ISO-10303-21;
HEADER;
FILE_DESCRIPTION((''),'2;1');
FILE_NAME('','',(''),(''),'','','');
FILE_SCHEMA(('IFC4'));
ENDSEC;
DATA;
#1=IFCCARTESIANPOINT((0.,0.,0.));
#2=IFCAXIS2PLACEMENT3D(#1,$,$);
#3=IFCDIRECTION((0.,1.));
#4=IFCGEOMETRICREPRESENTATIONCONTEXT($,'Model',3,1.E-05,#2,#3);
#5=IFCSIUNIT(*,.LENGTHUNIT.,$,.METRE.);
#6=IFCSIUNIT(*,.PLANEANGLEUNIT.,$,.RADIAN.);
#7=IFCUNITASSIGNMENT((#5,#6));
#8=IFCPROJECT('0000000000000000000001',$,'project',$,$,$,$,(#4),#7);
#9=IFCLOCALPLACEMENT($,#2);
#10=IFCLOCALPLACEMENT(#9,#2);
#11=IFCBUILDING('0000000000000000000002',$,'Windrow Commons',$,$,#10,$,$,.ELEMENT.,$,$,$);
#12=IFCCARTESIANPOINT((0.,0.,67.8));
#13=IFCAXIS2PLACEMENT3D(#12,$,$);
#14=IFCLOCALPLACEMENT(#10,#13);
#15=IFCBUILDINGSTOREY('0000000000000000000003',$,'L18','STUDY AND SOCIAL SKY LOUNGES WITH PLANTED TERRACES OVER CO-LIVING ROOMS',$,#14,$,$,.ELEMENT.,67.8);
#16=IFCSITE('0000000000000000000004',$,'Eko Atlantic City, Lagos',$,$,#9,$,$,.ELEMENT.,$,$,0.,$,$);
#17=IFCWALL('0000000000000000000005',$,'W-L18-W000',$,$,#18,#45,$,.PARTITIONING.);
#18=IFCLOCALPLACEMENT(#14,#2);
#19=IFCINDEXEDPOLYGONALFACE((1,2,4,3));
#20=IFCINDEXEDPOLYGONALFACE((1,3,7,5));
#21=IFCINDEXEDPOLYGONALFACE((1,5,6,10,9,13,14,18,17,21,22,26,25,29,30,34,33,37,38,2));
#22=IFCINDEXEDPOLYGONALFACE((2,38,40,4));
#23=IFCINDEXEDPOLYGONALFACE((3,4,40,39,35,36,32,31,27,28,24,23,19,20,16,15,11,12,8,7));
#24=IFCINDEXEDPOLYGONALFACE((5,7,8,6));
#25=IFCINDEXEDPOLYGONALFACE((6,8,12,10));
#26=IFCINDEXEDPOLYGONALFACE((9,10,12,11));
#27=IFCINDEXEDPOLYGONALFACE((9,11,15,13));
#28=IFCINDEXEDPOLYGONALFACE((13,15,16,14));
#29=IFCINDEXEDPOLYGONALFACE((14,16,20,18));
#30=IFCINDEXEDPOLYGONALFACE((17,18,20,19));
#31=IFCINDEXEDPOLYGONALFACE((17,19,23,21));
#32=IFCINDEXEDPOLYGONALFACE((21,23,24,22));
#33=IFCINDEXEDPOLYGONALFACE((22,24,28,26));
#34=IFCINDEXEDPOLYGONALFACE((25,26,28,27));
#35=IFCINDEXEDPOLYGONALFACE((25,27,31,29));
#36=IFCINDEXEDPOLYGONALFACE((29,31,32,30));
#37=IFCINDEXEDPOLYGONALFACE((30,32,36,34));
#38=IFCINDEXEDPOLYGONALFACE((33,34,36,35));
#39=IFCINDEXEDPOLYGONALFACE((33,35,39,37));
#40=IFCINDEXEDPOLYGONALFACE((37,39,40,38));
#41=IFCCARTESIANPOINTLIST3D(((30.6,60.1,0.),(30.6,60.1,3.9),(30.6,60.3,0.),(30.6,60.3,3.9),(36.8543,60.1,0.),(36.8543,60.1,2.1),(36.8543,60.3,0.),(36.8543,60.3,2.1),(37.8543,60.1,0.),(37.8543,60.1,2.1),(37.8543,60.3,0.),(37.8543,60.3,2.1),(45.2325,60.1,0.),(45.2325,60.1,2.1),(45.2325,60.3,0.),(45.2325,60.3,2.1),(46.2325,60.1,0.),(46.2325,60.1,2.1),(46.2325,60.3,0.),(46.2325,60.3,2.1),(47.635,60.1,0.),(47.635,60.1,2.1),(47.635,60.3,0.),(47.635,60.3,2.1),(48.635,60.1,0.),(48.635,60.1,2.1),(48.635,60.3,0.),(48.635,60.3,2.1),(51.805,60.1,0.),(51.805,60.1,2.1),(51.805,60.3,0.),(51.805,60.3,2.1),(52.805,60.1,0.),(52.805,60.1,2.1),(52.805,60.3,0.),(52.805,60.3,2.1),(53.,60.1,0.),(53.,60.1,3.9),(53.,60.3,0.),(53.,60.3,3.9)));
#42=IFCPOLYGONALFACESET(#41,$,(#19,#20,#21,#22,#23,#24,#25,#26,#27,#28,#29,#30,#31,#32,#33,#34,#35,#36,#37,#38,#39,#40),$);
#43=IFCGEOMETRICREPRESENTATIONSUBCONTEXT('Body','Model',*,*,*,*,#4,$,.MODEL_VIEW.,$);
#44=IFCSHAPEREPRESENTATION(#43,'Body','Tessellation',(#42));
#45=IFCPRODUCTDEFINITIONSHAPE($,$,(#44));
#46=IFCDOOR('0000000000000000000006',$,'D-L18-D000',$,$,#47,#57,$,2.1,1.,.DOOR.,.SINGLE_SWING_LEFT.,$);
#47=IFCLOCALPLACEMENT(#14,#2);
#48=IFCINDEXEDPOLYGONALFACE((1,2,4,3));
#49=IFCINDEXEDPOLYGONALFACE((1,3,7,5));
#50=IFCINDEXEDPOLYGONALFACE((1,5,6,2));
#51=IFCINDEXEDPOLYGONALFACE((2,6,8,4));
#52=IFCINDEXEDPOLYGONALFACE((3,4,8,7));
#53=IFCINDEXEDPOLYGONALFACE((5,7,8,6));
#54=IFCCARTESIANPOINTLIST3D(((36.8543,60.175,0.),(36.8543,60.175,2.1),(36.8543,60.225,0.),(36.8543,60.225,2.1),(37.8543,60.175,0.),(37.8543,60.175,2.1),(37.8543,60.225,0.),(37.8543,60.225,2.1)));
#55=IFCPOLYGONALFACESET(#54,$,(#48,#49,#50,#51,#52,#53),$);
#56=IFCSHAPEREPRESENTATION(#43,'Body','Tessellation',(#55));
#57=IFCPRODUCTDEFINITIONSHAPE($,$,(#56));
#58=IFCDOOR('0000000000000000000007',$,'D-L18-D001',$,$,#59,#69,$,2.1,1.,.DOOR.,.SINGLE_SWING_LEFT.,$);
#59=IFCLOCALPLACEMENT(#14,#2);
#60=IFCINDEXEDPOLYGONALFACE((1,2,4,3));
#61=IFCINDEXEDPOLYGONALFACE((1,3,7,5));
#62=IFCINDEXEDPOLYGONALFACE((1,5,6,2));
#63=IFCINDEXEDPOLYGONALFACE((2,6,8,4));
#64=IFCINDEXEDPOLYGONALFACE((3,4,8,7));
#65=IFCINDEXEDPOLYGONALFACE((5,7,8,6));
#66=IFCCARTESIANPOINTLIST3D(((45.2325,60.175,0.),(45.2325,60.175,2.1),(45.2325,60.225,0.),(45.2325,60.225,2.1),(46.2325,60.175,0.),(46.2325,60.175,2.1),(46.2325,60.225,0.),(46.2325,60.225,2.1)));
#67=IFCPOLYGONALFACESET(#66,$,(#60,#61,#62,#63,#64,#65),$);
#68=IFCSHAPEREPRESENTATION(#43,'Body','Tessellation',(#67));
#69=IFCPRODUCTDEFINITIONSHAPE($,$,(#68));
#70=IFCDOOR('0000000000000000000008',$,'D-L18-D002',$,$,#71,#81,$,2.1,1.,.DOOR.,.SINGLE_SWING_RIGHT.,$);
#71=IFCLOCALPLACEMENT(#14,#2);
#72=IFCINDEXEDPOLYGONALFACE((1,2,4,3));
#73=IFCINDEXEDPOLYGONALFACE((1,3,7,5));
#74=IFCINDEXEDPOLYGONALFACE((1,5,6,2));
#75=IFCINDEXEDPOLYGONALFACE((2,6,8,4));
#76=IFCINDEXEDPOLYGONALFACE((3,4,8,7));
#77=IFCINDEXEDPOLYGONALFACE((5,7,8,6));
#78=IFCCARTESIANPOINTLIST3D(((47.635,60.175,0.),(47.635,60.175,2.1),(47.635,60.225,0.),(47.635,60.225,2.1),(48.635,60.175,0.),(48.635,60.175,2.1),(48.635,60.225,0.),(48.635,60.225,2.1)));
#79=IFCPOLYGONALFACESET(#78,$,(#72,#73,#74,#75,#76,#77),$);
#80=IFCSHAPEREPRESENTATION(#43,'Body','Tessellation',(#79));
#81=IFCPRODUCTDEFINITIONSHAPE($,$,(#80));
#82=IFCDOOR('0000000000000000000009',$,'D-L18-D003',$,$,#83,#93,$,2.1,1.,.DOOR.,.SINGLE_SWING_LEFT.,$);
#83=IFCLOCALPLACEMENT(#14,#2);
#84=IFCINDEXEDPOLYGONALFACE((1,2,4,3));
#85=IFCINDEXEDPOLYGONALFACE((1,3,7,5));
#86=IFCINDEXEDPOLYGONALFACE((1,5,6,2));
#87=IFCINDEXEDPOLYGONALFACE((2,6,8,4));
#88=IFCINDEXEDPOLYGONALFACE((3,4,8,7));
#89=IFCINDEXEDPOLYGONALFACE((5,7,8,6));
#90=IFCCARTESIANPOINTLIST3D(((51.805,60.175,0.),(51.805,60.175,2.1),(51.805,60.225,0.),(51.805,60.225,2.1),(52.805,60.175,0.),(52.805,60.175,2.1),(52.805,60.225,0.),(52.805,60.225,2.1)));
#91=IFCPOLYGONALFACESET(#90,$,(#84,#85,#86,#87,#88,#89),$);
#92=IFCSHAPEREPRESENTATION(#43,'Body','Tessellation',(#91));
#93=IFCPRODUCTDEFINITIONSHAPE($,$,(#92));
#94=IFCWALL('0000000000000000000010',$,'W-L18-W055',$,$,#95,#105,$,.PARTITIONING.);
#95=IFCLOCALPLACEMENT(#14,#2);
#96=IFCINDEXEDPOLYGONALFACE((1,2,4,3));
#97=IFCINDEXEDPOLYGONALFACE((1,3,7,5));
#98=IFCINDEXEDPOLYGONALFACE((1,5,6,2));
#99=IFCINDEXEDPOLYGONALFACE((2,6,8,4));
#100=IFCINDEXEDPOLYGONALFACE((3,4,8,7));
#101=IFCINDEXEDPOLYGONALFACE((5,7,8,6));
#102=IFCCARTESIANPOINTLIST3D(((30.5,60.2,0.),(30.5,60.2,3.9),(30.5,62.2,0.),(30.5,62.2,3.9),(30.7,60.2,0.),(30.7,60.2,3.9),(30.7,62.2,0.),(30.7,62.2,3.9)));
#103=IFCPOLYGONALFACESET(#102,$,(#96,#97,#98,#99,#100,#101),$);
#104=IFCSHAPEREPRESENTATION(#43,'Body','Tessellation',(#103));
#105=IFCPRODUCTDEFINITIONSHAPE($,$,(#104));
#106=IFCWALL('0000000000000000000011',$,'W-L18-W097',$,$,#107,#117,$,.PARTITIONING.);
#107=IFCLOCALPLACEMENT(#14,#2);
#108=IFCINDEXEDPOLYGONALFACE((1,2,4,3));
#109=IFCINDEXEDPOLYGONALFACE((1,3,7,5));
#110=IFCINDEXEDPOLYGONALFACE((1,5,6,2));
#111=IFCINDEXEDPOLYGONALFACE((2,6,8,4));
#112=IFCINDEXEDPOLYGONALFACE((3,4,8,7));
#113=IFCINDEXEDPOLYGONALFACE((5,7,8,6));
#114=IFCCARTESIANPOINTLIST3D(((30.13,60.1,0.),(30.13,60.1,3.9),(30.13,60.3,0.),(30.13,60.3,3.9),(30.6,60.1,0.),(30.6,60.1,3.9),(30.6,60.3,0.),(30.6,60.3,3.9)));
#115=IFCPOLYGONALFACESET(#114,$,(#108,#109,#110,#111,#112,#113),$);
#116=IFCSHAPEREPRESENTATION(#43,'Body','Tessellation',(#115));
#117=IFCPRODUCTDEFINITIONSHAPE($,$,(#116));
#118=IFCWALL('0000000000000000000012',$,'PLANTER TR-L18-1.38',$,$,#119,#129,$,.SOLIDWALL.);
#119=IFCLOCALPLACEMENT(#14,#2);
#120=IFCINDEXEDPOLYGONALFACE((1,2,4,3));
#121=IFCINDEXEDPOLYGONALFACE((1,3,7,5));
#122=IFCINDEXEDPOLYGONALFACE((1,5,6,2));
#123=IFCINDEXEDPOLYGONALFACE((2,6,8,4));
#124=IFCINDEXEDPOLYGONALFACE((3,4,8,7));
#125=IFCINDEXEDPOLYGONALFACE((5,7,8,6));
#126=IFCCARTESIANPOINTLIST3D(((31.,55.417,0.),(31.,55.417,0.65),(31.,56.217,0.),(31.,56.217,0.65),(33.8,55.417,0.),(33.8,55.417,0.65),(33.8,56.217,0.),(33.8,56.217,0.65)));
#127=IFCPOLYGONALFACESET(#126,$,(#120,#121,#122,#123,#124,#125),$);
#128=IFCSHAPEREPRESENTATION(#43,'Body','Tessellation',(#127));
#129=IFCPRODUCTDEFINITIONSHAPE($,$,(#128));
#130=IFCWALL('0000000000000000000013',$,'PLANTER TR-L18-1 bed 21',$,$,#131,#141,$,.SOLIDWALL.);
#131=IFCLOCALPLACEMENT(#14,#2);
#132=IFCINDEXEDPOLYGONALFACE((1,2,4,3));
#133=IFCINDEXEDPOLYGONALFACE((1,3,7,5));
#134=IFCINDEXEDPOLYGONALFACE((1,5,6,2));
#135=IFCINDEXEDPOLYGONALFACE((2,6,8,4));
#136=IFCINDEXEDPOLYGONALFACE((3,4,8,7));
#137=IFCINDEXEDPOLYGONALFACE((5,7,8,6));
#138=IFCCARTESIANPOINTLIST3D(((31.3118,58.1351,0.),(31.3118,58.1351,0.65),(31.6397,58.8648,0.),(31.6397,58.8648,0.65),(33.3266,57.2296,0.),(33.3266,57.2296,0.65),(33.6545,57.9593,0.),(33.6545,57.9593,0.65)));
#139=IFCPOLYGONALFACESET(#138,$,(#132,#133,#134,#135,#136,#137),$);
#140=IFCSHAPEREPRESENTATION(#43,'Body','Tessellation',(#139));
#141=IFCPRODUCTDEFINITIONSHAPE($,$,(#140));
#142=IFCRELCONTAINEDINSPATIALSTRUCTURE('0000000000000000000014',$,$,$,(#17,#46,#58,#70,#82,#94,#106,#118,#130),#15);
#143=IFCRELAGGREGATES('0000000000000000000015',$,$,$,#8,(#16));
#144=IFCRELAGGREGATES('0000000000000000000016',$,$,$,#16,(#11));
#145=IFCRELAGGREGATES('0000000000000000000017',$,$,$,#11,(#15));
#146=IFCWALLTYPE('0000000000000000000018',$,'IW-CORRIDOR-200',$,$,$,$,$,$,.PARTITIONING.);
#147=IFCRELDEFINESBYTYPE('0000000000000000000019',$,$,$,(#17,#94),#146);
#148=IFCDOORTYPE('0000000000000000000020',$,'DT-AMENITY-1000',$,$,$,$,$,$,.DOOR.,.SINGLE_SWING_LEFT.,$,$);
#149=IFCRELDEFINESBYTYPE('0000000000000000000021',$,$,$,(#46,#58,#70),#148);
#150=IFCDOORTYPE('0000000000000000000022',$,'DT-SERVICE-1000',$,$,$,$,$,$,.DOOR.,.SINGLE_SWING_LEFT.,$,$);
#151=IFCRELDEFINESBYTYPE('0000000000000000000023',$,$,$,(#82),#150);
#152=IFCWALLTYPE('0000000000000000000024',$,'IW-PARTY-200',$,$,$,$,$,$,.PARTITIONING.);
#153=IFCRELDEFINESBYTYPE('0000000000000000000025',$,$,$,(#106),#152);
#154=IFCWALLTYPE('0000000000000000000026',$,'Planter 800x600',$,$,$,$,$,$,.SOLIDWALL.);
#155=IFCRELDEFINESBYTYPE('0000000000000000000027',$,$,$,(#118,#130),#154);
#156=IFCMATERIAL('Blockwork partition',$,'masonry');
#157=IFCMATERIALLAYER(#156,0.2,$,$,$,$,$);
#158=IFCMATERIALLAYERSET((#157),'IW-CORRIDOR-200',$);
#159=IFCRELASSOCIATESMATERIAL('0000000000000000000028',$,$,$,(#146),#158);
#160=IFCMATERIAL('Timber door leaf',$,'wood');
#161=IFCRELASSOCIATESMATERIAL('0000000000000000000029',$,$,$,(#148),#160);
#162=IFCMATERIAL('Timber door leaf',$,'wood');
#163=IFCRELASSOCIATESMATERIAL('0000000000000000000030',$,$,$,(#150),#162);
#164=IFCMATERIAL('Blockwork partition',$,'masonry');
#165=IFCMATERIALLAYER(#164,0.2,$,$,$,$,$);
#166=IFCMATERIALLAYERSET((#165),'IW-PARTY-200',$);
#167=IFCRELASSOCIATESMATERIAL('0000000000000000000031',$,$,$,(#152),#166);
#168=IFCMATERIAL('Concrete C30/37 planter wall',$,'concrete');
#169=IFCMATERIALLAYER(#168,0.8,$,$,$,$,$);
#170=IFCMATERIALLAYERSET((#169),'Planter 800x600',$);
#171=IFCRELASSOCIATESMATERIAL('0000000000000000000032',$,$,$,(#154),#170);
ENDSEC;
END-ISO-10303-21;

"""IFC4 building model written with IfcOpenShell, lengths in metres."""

from ifc_helpers import new_model, si_unit, direction, frame, frame_2d, origin, place, context, subcontext, project, spatial, rectangle, extrude, material, layer, layer_set, type_object, element, fill, save


model = new_model("IFC4")

# Units and contexts
model_context = context("Model", 3, precision=1e-05, world=origin(), true_north=direction((0.0, 1.0)))
body_context = subcontext(model_context, "Body", "Model", "MODEL_VIEW")
ifc_project = project(units=[si_unit("LENGTHUNIT", "METRE"), si_unit("PLANEANGLEUNIT", "RADIAN")], contexts=[model_context])

# Site, building, storey
site_placement = place(None, origin())
site = spatial("IfcSite", under=ifc_project, at=site_placement, Name="Eko Atlantic City, Lagos", CompositionType="ELEMENT", RefElevation=0.0)
building_placement = place(site_placement, origin())
building = spatial("IfcBuilding", under=site, at=building_placement, Name="Windrow Commons", CompositionType="ELEMENT")
storey_placement = place(building_placement, frame((0.0, 0.0, 67.8)))
storey = spatial("IfcBuildingStorey", under=building, at=storey_placement, Name="L18", Description="STUDY AND SOCIAL SKY LOUNGES WITH PLANTED TERRACES OVER CO-LIVING ROOMS", CompositionType="ELEMENT", Elevation=67.8)

# Wall, openings, doors
ifc_material_1 = material(Name="Blockwork partition", Category="masonry")
ifc_layer_1 = layer(ifc_material_1, 0.2)
ifc_layer_set_1 = layer_set([ifc_layer_1], Name="IW-CORRIDOR-200")
wall_type_1 = type_object("IfcWallType", Name="IW-CORRIDOR-200", PredefinedType="PARTITIONING", material=ifc_layer_set_1)
wall_1_placement = place(storey_placement, frame((30.6, 60.2, 0.0), z_axis=(0.0, 0.0, 1.0), x_axis=(1.0, 0.0, 0.0)))
wall_1 = element("IfcWall", 1, at=wall_1_placement, inside=storey, type_object=wall_type_1, Name="W-L18-W000", PredefinedType="PARTITIONING", context=body_context, shape_type="SweptSolid", body=[
    extrude(rectangle(XDim=22.4, YDim=0.2, at=frame_2d((11.2, 0.0))), origin(), (0.0, 0.0, 1.0), 3.9),
])
opening_1_placement = place(wall_1_placement, frame((6.2543, 0.0, 0.0)))
opening_1 = element("IfcOpeningElement", 2, at=opening_1_placement, cuts=wall_1, PredefinedType="OPENING", context=body_context, shape_type="SweptSolid", body=[
    extrude(rectangle(XDim=1.0, YDim=2.1, at=frame_2d((0.5, 1.05))), frame((0.0, 0.11, 0.0), z_axis=(0.0, -1.0, 0.0), x_axis=(1.0, 0.0, 0.0)), (0.0, 0.0, 1.0), 0.22),
])
opening_2_placement = place(wall_1_placement, frame((14.6325, 0.0, 0.0)))
opening_2 = element("IfcOpeningElement", 3, at=opening_2_placement, cuts=wall_1, PredefinedType="OPENING", context=body_context, shape_type="SweptSolid", body=[
    extrude(rectangle(XDim=1.0, YDim=2.1, at=frame_2d((0.5, 1.05))), frame((0.0, 0.11, 0.0), z_axis=(0.0, -1.0, 0.0), x_axis=(1.0, 0.0, 0.0)), (0.0, 0.0, 1.0), 0.22),
])
opening_3_placement = place(wall_1_placement, frame((17.035, 0.0, 0.0)))
opening_3 = element("IfcOpeningElement", 4, at=opening_3_placement, cuts=wall_1, PredefinedType="OPENING", context=body_context, shape_type="SweptSolid", body=[
    extrude(rectangle(XDim=1.0, YDim=2.1, at=frame_2d((0.5, 1.05))), frame((0.0, 0.11, 0.0), z_axis=(0.0, -1.0, 0.0), x_axis=(1.0, 0.0, 0.0)), (0.0, 0.0, 1.0), 0.22),
])
opening_4_placement = place(wall_1_placement, frame((21.205, 0.0, 0.0)))
opening_4 = element("IfcOpeningElement", 5, at=opening_4_placement, cuts=wall_1, PredefinedType="OPENING", context=body_context, shape_type="SweptSolid", body=[
    extrude(rectangle(XDim=1.0, YDim=2.1, at=frame_2d((0.5, 1.05))), frame((0.0, 0.11, 0.0), z_axis=(0.0, -1.0, 0.0), x_axis=(1.0, 0.0, 0.0)), (0.0, 0.0, 1.0), 0.22),
])
ifc_material_2 = material(Name="Timber door leaf", Category="wood")
door_type_1 = type_object("IfcDoorType", Name="DT-AMENITY-1000", OperationType="SINGLE_SWING_LEFT", PredefinedType="DOOR", material=ifc_material_2)
door_1_placement = place(opening_1_placement, origin())
door_1 = element("IfcDoor", 6, at=door_1_placement, inside=storey, type_object=door_type_1, Name="D-L18-D000", OperationType="SINGLE_SWING_LEFT", OverallHeight=2.1, OverallWidth=1.0, PredefinedType="DOOR", context=body_context, shape_type="SweptSolid", body=[
    extrude(rectangle(XDim=1.0, YDim=2.1, at=frame_2d((0.5, 1.05))), frame((0.0, 0.025, 0.0), z_axis=(0.0, -1.0, 0.0), x_axis=(1.0, 0.0, 0.0)), (0.0, 0.0, 1.0), 0.05),
])
fill(opening_1, door_1)
door_2_placement = place(opening_2_placement, origin())
door_2 = element("IfcDoor", 7, at=door_2_placement, inside=storey, type_object=door_type_1, Name="D-L18-D001", OperationType="SINGLE_SWING_LEFT", OverallHeight=2.1, OverallWidth=1.0, PredefinedType="DOOR", context=body_context, shape_type="SweptSolid", body=[
    extrude(rectangle(XDim=1.0, YDim=2.1, at=frame_2d((0.5, 1.05))), frame((0.0, 0.025, 0.0), z_axis=(0.0, -1.0, 0.0), x_axis=(1.0, 0.0, 0.0)), (0.0, 0.0, 1.0), 0.05),
])
fill(opening_2, door_2)
door_3_placement = place(opening_3_placement, origin())
door_3 = element("IfcDoor", 8, at=door_3_placement, inside=storey, type_object=door_type_1, Name="D-L18-D002", OperationType="SINGLE_SWING_RIGHT", OverallHeight=2.1, OverallWidth=1.0, PredefinedType="DOOR", context=body_context, shape_type="SweptSolid", body=[
    extrude(rectangle(XDim=1.0, YDim=2.1, at=frame_2d((0.5, 1.05))), frame((0.0, 0.025, 0.0), z_axis=(0.0, -1.0, 0.0), x_axis=(1.0, 0.0, 0.0)), (0.0, 0.0, 1.0), 0.05),
])
fill(opening_3, door_3)
ifc_material_3 = material(Name="Timber door leaf", Category="wood")
door_type_2 = type_object("IfcDoorType", Name="DT-SERVICE-1000", OperationType="SINGLE_SWING_LEFT", PredefinedType="DOOR", material=ifc_material_3)
door_4_placement = place(opening_4_placement, origin())
door_4 = element("IfcDoor", 9, at=door_4_placement, inside=storey, type_object=door_type_2, Name="D-L18-D003", OperationType="SINGLE_SWING_LEFT", OverallHeight=2.1, OverallWidth=1.0, PredefinedType="DOOR", context=body_context, shape_type="SweptSolid", body=[
    extrude(rectangle(XDim=1.0, YDim=2.1, at=frame_2d((0.5, 1.05))), frame((0.0, 0.025, 0.0), z_axis=(0.0, -1.0, 0.0), x_axis=(1.0, 0.0, 0.0)), (0.0, 0.0, 1.0), 0.05),
])
fill(opening_4, door_4)

# Walls
wall_2_placement = place(storey_placement, frame((30.6, 60.2, 0.0), z_axis=(0.0, 0.0, 1.0), x_axis=(0.0, 1.0, 0.0)))
element("IfcWall", 10, at=wall_2_placement, inside=storey, type_object=wall_type_1, Name="W-L18-W055", PredefinedType="PARTITIONING", context=body_context, shape_type="SweptSolid", body=[
    extrude(rectangle(XDim=2.0, YDim=0.2, at=frame_2d((1.0, 0.0))), origin(), (0.0, 0.0, 1.0), 3.9),
])
ifc_material_4 = material(Name="Blockwork partition", Category="masonry")
ifc_layer_2 = layer(ifc_material_4, 0.2)
ifc_layer_set_2 = layer_set([ifc_layer_2], Name="IW-PARTY-200")
wall_type_2 = type_object("IfcWallType", Name="IW-PARTY-200", PredefinedType="PARTITIONING", material=ifc_layer_set_2)
wall_3_placement = place(storey_placement, frame((30.13, 60.2, 0.0), z_axis=(0.0, 0.0, 1.0), x_axis=(1.0, 0.0, 0.0)))
element("IfcWall", 11, at=wall_3_placement, inside=storey, type_object=wall_type_2, Name="W-L18-W097", PredefinedType="PARTITIONING", context=body_context, shape_type="SweptSolid", body=[
    extrude(rectangle(XDim=0.47, YDim=0.2, at=frame_2d((0.235, 0.0))), origin(), (0.0, 0.0, 1.0), 3.9),
])
ifc_material_5 = material(Name="Concrete C30/37 planter wall", Category="concrete")
ifc_layer_3 = layer(ifc_material_5, 0.8)
ifc_layer_set_3 = layer_set([ifc_layer_3], Name="Planter 800x600")
wall_type_3 = type_object("IfcWallType", Name="Planter 800x600", PredefinedType="SOLIDWALL", material=ifc_layer_set_3)
wall_4_placement = place(storey_placement, frame((31.0, 55.817, 0.0), z_axis=(0.0, 0.0, 1.0), x_axis=(1.0, 0.0, 0.0)))
element("IfcWall", 12, at=wall_4_placement, inside=storey, type_object=wall_type_3, Name="PLANTER TR-L18-1.38", PredefinedType="SOLIDWALL", context=body_context, shape_type="SweptSolid", body=[
    extrude(rectangle(XDim=2.8, YDim=0.8, at=frame_2d((1.4, 0.0))), origin(), (0.0, 0.0, 1.0), 0.65),
])
wall_5_placement = place(storey_placement, frame((33.4905, 57.5945, 0.0), z_axis=(0.0, 0.0, 1.0), x_axis=(-0.912118, 0.409928, 0.0)))
element("IfcWall", 13, at=wall_5_placement, inside=storey, type_object=wall_type_3, Name="PLANTER TR-L18-1 bed 21", PredefinedType="SOLIDWALL", context=body_context, shape_type="SweptSolid", body=[
    extrude(rectangle(XDim=2.2089, YDim=0.8, at=frame_2d((1.1044, 0.0))), origin(), (0.0, 0.0, 1.0), 0.65),
])

save(model, "model.ifc")
